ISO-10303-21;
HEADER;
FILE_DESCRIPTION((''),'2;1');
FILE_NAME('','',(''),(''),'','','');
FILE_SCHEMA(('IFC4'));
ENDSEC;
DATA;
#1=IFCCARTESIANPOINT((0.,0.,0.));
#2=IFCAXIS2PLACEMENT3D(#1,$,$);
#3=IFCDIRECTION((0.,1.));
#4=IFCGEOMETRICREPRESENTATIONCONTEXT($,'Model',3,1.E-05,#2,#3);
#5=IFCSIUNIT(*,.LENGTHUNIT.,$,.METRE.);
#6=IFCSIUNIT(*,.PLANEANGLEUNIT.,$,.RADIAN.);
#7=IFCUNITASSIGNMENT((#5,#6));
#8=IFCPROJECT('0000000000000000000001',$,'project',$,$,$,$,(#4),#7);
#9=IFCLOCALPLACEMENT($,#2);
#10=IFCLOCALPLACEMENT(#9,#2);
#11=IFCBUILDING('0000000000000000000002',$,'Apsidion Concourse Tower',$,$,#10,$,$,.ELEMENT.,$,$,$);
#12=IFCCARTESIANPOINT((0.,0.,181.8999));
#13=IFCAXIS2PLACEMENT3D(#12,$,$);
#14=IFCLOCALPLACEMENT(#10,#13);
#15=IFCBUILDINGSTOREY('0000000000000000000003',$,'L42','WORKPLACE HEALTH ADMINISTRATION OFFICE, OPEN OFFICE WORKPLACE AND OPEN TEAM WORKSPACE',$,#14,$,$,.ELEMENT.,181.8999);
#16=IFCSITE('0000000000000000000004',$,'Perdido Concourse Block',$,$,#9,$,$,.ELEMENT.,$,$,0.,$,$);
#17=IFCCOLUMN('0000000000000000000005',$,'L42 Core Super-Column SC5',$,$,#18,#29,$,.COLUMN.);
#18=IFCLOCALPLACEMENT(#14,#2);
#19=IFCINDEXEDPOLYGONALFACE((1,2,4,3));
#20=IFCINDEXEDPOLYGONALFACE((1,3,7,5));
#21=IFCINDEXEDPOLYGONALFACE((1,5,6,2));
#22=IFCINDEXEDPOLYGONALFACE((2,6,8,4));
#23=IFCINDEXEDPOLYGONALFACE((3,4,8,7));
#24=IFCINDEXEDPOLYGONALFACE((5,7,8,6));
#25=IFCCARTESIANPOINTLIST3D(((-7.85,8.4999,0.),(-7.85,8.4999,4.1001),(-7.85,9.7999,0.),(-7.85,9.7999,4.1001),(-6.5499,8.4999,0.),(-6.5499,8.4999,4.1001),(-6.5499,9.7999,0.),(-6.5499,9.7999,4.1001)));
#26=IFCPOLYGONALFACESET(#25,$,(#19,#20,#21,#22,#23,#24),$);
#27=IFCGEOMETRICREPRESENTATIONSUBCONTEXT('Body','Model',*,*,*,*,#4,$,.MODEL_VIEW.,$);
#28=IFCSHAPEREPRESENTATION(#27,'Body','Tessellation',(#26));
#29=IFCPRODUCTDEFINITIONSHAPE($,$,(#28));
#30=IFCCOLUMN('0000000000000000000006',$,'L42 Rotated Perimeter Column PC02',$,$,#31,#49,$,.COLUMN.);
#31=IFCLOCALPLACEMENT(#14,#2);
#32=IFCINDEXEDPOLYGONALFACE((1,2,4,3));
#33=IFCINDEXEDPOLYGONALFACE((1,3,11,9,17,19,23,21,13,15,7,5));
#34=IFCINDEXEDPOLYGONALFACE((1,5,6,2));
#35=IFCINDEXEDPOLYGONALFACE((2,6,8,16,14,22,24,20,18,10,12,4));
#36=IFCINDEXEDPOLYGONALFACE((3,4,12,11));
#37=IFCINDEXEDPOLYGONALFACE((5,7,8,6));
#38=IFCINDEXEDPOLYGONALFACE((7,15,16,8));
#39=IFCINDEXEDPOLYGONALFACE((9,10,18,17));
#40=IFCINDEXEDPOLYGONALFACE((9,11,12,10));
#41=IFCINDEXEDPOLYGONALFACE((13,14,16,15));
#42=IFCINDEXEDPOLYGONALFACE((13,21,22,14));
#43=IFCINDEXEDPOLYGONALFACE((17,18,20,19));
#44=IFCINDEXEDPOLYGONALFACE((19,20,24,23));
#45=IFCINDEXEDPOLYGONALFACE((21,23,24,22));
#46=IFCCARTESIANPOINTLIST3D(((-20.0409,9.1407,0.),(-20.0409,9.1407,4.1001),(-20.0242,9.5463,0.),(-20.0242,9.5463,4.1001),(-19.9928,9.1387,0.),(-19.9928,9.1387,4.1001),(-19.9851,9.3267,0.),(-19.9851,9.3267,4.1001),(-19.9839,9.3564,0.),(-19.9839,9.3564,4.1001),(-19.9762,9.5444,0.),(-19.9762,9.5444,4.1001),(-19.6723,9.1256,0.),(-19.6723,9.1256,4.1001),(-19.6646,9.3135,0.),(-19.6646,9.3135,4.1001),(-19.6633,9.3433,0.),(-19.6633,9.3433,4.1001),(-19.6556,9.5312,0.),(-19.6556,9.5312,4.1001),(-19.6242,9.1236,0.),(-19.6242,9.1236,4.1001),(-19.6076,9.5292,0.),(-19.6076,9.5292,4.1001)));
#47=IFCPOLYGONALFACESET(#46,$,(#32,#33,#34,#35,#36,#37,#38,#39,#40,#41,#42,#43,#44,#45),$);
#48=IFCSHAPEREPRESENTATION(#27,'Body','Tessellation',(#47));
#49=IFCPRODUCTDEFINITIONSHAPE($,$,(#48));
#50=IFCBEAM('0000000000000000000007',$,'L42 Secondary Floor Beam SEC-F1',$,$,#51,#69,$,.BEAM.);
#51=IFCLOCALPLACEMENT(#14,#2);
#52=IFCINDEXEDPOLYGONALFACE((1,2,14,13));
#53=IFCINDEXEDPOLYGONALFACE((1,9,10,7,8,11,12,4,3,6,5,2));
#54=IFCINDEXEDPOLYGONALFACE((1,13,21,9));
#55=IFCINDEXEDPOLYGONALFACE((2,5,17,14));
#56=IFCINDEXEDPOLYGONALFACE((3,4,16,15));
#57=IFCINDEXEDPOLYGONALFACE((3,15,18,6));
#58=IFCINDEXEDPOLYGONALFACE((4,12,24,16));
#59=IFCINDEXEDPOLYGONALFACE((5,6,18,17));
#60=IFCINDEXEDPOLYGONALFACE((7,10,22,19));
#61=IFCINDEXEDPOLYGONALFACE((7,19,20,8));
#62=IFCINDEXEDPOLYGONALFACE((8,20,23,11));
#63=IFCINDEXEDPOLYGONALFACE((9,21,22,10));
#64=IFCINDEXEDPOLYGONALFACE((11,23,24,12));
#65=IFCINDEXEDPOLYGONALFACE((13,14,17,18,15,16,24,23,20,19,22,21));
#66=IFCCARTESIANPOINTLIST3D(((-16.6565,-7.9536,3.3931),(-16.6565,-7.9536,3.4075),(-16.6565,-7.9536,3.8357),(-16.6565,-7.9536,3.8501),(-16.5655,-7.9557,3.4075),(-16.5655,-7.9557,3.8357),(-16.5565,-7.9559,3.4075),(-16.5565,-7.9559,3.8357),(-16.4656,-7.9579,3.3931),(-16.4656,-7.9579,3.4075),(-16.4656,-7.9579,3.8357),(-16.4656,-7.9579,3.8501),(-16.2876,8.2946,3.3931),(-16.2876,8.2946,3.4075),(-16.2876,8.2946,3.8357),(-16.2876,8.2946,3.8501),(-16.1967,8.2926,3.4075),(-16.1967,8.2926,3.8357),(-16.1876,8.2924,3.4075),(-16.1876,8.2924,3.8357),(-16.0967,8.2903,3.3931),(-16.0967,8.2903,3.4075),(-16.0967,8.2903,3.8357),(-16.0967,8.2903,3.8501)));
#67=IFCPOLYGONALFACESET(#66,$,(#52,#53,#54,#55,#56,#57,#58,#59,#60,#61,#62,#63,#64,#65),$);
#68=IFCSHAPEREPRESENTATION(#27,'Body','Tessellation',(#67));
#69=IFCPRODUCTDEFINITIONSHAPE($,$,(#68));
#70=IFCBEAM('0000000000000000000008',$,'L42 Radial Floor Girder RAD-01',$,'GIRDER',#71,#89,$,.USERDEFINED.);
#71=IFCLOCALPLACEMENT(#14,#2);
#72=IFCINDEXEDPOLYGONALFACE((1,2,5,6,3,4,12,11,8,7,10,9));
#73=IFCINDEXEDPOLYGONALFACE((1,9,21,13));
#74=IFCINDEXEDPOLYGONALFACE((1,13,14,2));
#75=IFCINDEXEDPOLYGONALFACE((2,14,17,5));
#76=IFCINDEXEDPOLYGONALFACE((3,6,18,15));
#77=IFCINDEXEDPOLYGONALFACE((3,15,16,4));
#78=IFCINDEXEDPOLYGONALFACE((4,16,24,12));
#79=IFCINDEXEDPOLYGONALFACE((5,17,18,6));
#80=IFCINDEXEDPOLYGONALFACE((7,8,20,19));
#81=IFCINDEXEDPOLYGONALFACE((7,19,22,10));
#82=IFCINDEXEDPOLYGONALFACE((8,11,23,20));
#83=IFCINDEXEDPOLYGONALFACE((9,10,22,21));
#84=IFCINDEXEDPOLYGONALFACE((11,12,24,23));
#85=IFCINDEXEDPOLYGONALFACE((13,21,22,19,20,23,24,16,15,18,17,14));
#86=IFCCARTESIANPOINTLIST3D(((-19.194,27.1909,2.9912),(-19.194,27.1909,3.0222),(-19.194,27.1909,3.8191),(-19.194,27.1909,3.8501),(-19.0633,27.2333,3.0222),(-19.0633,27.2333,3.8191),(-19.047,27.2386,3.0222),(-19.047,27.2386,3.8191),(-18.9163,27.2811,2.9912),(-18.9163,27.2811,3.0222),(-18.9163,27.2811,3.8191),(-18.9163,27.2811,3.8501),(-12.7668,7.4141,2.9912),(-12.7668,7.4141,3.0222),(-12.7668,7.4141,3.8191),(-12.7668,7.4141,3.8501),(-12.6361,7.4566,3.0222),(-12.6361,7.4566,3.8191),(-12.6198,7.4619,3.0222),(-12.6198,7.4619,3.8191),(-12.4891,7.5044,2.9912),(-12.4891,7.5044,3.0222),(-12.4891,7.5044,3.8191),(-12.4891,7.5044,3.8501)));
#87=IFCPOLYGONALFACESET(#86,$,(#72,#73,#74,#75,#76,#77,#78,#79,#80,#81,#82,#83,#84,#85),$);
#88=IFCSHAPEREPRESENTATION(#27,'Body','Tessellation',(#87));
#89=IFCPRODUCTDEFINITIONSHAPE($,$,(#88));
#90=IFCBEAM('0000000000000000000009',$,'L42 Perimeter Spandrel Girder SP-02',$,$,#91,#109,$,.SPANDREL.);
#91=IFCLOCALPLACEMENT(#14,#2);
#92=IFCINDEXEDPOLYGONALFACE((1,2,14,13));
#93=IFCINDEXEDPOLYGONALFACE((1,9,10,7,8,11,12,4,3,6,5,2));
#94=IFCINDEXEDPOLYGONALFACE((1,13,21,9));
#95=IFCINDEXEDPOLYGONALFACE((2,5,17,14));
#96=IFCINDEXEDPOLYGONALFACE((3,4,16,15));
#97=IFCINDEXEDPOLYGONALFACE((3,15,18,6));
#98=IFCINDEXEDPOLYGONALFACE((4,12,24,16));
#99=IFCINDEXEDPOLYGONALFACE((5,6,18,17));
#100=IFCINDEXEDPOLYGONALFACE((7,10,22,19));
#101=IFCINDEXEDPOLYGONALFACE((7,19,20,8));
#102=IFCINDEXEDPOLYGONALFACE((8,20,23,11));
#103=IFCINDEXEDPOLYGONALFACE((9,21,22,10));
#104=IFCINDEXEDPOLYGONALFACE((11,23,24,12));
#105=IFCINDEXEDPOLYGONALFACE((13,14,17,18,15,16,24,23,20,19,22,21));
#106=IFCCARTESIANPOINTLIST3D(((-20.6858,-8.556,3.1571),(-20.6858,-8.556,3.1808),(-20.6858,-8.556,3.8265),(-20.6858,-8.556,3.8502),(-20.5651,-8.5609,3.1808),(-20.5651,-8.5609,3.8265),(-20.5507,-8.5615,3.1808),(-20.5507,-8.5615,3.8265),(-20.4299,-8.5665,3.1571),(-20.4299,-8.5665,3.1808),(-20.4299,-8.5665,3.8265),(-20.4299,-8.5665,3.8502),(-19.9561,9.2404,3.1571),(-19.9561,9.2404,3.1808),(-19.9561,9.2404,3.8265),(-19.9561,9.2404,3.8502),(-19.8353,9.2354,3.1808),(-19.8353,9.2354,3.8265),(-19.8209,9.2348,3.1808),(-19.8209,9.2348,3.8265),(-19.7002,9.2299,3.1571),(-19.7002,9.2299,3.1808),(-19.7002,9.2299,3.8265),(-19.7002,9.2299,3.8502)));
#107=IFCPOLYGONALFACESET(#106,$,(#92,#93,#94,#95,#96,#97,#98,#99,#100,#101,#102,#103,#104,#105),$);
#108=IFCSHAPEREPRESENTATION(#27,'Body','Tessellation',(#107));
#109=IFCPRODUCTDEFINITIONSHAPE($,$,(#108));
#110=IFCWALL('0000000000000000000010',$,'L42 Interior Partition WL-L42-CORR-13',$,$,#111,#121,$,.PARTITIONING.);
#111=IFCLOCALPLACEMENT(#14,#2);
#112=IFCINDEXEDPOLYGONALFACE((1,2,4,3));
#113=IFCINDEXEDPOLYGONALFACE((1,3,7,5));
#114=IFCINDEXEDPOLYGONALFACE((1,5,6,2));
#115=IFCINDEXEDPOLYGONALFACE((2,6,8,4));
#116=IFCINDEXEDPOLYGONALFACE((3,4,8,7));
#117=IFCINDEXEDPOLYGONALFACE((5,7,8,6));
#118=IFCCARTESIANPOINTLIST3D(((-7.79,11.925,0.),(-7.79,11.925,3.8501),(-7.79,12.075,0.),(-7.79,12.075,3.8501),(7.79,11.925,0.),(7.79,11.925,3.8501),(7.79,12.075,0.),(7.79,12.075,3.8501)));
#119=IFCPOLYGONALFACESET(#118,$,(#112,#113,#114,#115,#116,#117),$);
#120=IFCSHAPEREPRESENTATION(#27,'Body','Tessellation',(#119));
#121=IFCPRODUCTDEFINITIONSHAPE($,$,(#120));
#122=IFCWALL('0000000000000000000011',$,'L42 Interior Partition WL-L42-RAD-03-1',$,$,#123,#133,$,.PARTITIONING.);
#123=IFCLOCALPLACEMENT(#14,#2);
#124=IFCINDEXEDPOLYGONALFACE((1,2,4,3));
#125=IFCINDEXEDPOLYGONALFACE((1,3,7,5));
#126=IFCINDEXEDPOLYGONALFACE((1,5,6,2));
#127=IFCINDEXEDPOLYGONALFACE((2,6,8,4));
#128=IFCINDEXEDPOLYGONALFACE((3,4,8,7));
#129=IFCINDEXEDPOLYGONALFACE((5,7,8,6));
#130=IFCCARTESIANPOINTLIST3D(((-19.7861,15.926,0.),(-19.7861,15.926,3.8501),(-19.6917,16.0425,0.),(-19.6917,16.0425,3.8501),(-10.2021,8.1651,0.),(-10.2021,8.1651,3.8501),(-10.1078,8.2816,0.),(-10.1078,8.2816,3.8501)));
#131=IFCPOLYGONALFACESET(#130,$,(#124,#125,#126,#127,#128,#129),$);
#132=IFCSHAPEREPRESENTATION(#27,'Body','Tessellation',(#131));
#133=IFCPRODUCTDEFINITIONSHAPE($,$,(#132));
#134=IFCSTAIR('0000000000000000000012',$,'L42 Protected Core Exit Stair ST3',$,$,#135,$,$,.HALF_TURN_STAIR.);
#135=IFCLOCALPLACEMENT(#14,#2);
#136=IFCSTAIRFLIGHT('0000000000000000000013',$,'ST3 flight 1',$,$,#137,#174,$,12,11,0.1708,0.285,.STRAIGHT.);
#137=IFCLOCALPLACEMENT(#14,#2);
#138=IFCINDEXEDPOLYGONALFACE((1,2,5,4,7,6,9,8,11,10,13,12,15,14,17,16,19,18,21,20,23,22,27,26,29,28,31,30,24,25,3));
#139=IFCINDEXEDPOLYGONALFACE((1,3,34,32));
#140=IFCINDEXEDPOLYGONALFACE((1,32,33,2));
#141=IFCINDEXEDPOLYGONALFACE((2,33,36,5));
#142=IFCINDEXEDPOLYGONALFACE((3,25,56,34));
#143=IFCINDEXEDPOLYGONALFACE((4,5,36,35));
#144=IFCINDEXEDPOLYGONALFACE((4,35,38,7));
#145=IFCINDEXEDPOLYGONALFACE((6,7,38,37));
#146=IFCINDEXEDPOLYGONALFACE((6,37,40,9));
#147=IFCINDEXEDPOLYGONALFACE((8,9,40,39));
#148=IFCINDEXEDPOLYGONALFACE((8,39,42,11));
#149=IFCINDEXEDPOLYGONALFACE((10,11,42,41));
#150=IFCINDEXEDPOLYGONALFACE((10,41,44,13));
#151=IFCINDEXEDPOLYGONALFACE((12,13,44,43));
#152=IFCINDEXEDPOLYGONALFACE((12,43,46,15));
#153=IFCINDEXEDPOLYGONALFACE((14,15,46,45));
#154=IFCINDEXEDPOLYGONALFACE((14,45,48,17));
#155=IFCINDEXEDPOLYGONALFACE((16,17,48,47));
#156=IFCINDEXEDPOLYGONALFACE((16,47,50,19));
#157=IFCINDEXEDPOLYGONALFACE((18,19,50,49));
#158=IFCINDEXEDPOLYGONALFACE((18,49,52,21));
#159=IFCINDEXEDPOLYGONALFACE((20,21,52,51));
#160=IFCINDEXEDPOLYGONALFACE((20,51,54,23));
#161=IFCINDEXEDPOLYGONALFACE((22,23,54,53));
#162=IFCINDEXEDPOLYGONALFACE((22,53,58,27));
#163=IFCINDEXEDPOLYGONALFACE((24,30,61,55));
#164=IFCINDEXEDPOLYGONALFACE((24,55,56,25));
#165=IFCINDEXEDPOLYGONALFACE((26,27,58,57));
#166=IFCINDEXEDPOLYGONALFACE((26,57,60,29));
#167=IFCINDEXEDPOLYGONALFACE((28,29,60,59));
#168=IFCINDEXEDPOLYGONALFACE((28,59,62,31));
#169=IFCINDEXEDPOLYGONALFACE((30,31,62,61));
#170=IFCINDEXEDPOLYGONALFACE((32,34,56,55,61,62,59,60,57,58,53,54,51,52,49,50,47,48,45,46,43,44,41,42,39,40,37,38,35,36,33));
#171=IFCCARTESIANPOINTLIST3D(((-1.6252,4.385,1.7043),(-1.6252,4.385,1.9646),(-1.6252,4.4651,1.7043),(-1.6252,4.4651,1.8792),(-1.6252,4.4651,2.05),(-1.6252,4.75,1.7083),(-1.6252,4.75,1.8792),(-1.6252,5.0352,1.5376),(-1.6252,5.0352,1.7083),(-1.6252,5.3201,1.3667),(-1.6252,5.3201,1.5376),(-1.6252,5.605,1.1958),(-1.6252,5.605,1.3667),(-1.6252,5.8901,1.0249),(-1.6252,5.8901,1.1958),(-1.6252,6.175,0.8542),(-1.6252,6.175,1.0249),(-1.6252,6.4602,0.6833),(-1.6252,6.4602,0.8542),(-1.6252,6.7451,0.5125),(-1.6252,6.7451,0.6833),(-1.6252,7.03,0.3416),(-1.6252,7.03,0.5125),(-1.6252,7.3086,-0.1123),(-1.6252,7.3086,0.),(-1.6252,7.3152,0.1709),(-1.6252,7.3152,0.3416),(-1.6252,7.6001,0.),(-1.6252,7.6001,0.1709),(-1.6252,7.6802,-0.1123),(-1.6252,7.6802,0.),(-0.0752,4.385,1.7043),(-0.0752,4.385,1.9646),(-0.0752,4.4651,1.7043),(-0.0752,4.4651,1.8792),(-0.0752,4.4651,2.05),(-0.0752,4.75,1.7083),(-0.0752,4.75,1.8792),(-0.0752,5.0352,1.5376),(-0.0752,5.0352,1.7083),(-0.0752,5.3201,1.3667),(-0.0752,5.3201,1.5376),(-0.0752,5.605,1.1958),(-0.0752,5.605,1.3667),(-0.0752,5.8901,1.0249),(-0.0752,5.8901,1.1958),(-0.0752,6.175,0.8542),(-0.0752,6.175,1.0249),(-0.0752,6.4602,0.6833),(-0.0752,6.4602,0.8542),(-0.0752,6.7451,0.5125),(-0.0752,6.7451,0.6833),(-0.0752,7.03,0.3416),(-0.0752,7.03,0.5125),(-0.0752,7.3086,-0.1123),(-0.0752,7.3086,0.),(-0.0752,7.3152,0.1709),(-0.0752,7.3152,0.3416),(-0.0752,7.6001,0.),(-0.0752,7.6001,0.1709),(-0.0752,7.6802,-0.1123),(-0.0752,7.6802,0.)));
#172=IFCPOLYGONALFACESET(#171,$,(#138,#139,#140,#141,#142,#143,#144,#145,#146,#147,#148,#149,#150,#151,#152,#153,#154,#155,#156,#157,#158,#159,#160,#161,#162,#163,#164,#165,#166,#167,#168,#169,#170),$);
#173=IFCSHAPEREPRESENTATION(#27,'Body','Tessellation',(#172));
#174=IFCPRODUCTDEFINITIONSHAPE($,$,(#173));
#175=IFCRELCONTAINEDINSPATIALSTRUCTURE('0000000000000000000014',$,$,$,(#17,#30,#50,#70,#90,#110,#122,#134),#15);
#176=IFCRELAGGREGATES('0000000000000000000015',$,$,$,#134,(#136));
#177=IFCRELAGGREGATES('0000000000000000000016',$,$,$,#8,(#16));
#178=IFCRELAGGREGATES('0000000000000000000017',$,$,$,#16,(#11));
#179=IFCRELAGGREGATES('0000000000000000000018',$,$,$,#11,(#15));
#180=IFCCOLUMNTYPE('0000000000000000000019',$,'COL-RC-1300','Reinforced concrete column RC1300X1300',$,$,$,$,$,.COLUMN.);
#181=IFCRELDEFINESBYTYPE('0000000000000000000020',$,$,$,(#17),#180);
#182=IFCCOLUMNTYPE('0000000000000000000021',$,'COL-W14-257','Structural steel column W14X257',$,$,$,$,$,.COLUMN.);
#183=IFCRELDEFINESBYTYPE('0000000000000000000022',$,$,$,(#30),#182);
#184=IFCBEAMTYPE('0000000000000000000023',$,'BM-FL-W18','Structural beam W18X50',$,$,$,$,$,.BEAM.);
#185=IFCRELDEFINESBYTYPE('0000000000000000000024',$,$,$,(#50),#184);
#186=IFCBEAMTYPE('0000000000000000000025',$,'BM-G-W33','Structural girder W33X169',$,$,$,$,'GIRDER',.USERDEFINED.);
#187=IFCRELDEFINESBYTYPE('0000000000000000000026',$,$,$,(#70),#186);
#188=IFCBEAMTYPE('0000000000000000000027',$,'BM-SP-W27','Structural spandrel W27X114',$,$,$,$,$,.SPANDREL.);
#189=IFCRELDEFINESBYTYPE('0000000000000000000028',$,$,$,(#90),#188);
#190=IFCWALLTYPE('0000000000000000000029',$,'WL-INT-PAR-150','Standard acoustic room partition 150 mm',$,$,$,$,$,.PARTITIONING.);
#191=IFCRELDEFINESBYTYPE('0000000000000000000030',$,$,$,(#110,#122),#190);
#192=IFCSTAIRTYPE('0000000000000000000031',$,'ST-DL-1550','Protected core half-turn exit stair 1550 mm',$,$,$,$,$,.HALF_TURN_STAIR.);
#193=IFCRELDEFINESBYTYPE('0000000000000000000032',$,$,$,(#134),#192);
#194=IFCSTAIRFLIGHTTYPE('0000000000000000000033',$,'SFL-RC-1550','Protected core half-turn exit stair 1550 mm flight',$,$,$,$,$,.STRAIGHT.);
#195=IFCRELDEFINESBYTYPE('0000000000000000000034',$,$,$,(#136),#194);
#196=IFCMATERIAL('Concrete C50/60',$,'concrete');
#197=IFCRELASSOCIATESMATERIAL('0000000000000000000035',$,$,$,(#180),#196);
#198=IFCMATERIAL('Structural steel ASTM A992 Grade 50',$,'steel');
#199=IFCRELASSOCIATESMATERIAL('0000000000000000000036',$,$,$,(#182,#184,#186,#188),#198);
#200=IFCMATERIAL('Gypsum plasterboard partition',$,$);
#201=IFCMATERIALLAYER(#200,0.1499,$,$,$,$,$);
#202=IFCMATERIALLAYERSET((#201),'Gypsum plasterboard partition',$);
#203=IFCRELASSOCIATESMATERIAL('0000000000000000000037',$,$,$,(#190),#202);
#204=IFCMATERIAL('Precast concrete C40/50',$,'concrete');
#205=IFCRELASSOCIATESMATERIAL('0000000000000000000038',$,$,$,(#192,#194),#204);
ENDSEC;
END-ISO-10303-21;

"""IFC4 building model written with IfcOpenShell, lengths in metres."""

from ifc_helpers import new_model, si_unit, direction, frame, frame_2d, origin, origin_2d, place, context, subcontext, project, spatial, polyline, rectangle, i_section, outline, extrude, material, layer, layer_set, material_profile, profile_set, type_object, element, aggregate, save


model = new_model("IFC4")

# Units and contexts
model_context = context("Model", 3, precision=1e-05, world=origin(), true_north=direction((0.0, 1.0)))
body_context = subcontext(model_context, "Body", "Model", "MODEL_VIEW")
ifc_project = project(units=[si_unit("LENGTHUNIT", "METRE"), si_unit("PLANEANGLEUNIT", "RADIAN")], contexts=[model_context])

# Site, building, storey
site_placement = place(None, origin())
site = spatial("IfcSite", under=ifc_project, at=site_placement, Name="Perdido Concourse Block", CompositionType="ELEMENT", RefElevation=0.0)
building_placement = place(site_placement, origin())
building = spatial("IfcBuilding", under=site, at=building_placement, Name="Apsidion Concourse Tower", CompositionType="ELEMENT")
storey_placement = place(building_placement, frame((0.0, 0.0, 181.8999)))
storey = spatial("IfcBuildingStorey", under=building, at=storey_placement, Name="L42", Description="WORKPLACE HEALTH ADMINISTRATION OFFICE, OPEN OFFICE WORKPLACE AND OPEN TEAM WORKSPACE", CompositionType="ELEMENT", Elevation=181.8999)

# Columns
ifc_material_1 = material(Name="Concrete C50/60", Category="concrete")
ifc_material_profile_1 = material_profile(ifc_material_1, rectangle(XDim=1.3, YDim=1.3, at=origin_2d()), Name="RC 1300x1300")
ifc_profile_set_1 = profile_set([ifc_material_profile_1], Name="Concrete C50/60")
column_type_1 = type_object("IfcColumnType", Name="COL-RC-1300", Description="Reinforced concrete column RC1300X1300", PredefinedType="COLUMN", material=ifc_profile_set_1)
column_1_placement = place(storey_placement, frame((-7.2, 9.1499, 0.0), z_axis=(0.0, 0.0, 1.0), x_axis=(1.0, 0.0, 0.0)))
element("IfcColumn", 1, at=column_1_placement, inside=storey, type_object=column_type_1, Name="L42 Core Super-Column SC5", PredefinedType="COLUMN", context=body_context, shape_type="SweptSolid", body=[
    extrude(rectangle(XDim=1.3, YDim=1.3, at=origin_2d()), origin(), (0.0, 0.0, 1.0), 4.1001),
])
ifc_material_2 = material(Name="Structural steel ASTM A992 Grade 50", Category="steel")
ifc_material_profile_2 = material_profile(ifc_material_2, i_section(OverallWidth=0.406, OverallDepth=0.417, WebThickness=0.0298, FlangeThickness=0.0481, at=origin_2d()), Name="W14X257")
ifc_profile_set_2 = profile_set([ifc_material_profile_2], Name="Structural steel ASTM A992 Grade 50")
column_type_2 = type_object("IfcColumnType", Name="COL-W14-257", Description="Structural steel column W14X257", PredefinedType="COLUMN", material=ifc_profile_set_2)
column_2_placement = place(storey_placement, frame((-19.8242, 9.335, 0.0), z_axis=(0.0, 0.0, 1.0), x_axis=(0.041004, 0.999159, 0.0)))
element("IfcColumn", 2, at=column_2_placement, inside=storey, type_object=column_type_2, Name="L42 Rotated Perimeter Column PC02", PredefinedType="COLUMN", context=body_context, shape_type="SweptSolid", body=[
    extrude(i_section(OverallWidth=0.406, OverallDepth=0.417, WebThickness=0.0298, FlangeThickness=0.0481, at=origin_2d()), origin(), (0.0, 0.0, 1.0), 4.1001),
])

# Beams
ifc_material_profile_3 = material_profile(ifc_material_2, i_section(OverallWidth=0.1909, OverallDepth=0.457, WebThickness=0.009, FlangeThickness=0.0144, at=origin_2d()), Name="W18X50")
ifc_profile_set_3 = profile_set([ifc_material_profile_3], Name="Structural steel ASTM A992 Grade 50")
beam_type_1 = type_object("IfcBeamType", Name="BM-FL-W18", Description="Structural beam W18X50", PredefinedType="BEAM", material=ifc_profile_set_3)
beam_1_placement = place(storey_placement, frame((-16.1921, 8.2925, 3.6216), z_axis=(-0.022698, -0.999742, 0.0), x_axis=(0.999742, -0.022698, 0.0)))
element("IfcBeam", 3, at=beam_1_placement, inside=storey, type_object=beam_type_1, Name="L42 Secondary Floor Beam SEC-F1", PredefinedType="BEAM", context=body_context, shape_type="SweptSolid", body=[
    extrude(i_section(OverallWidth=0.1909, OverallDepth=0.457, WebThickness=0.009, FlangeThickness=0.0144, at=origin_2d()), origin(), (0.0, 0.0, 1.0), 16.2524),
])
ifc_material_profile_4 = material_profile(ifc_material_2, i_section(OverallWidth=0.292, OverallDepth=0.8589, WebThickness=0.0171, FlangeThickness=0.031, at=origin_2d()), Name="W33X169")
ifc_profile_set_4 = profile_set([ifc_material_profile_4], Name="Structural steel ASTM A992 Grade 50")
beam_type_2 = type_object("IfcBeamType", Name="BM-G-W33", Description="Structural girder W33X169", ElementType="GIRDER", PredefinedType="USERDEFINED", material=ifc_profile_set_4)
beam_2_placement = place(storey_placement, frame((-12.6279, 7.4592, 3.4207), z_axis=(-0.309076, 0.951037, 0.0), x_axis=(-0.951037, -0.309076, 0.0)))
element("IfcBeam", 4, at=beam_2_placement, inside=storey, type_object=beam_type_2, Name="L42 Radial Floor Girder RAD-01", ObjectType="GIRDER", PredefinedType="USERDEFINED", context=body_context, shape_type="SweptSolid", body=[
    extrude(i_section(OverallWidth=0.292, OverallDepth=0.8589, WebThickness=0.0171, FlangeThickness=0.031, at=origin_2d()), origin(), (0.0, 0.0, 1.0), 20.7949),
])
ifc_material_profile_5 = material_profile(ifc_material_2, i_section(OverallWidth=0.2561, OverallDepth=0.6931, WebThickness=0.0144, FlangeThickness=0.0237, at=origin_2d()), Name="W27X114")
ifc_profile_set_5 = profile_set([ifc_material_profile_5], Name="Structural steel ASTM A992 Grade 50")
beam_type_3 = type_object("IfcBeamType", Name="BM-SP-W27", Description="Structural spandrel W27X114", PredefinedType="SPANDREL", material=ifc_profile_set_5)
beam_3_placement = place(storey_placement, frame((-19.8281, 9.2351, 3.5037), z_axis=(-0.04097, -0.99916, 0.0), x_axis=(0.99916, -0.04097, 0.0)))
element("IfcBeam", 5, at=beam_3_placement, inside=storey, type_object=beam_type_3, Name="L42 Perimeter Spandrel Girder SP-02", PredefinedType="SPANDREL", context=body_context, shape_type="SweptSolid", body=[
    extrude(i_section(OverallWidth=0.2561, OverallDepth=0.6931, WebThickness=0.0144, FlangeThickness=0.0237, at=origin_2d()), origin(), (0.0, 0.0, 1.0), 17.8113),
])

# Walls
ifc_material_3 = material(Name="Gypsum plasterboard partition")
ifc_layer_1 = layer(ifc_material_3, 0.1499)
ifc_layer_set_1 = layer_set([ifc_layer_1], Name="Gypsum plasterboard partition")
wall_type_1 = type_object("IfcWallType", Name="WL-INT-PAR-150", Description="Standard acoustic room partition 150 mm", PredefinedType="PARTITIONING", material=ifc_layer_set_1)
wall_1_placement = place(storey_placement, frame((-7.79, 12.0, 0.0), z_axis=(0.0, 0.0, 1.0), x_axis=(1.0, 0.0, 0.0)))
element("IfcWall", 6, at=wall_1_placement, inside=storey, type_object=wall_type_1, Name="L42 Interior Partition WL-L42-CORR-13", PredefinedType="PARTITIONING", context=body_context, shape_type="SweptSolid", body=[
    extrude(rectangle(XDim=15.5801, YDim=0.1499, at=frame_2d((7.79, 0.0))), origin(), (0.0, 0.0, 1.0), 3.8501),
])
wall_2_placement = place(storey_placement, frame((-10.155, 8.2234, 0.0), z_axis=(0.0, 0.0, 1.0), x_axis=(-0.777145, 0.629322, 0.0)))
element("IfcWall", 7, at=wall_2_placement, inside=storey, type_object=wall_type_1, Name="L42 Interior Partition WL-L42-RAD-03-1", PredefinedType="PARTITIONING", context=body_context, shape_type="SweptSolid", body=[
    extrude(rectangle(XDim=12.3323, YDim=0.1499, at=frame_2d((6.166, 0.0))), origin(), (0.0, 0.0, 1.0), 3.8501),
])

# Stair, stair flight
ifc_material_4 = material(Name="Precast concrete C40/50", Category="concrete")
stair_type = type_object("IfcStairType", Name="ST-DL-1550", Description="Protected core half-turn exit stair 1550 mm", PredefinedType="HALF_TURN_STAIR", material=ifc_material_4)
stair_placement = place(storey_placement, origin())
stair = element("IfcStair", 8, at=stair_placement, inside=storey, type_object=stair_type, Name="L42 Protected Core Exit Stair ST3", PredefinedType="HALF_TURN_STAIR")
stair_flight_type = type_object("IfcStairFlightType", Name="SFL-RC-1550", Description="Protected core half-turn exit stair 1550 mm flight", PredefinedType="STRAIGHT", material=ifc_material_4)
stair_flight_placement = place(storey_placement, frame((-0.8501, 7.6001, 0.0), z_axis=(0.0, 0.0, 1.0), x_axis=(0.0, -1.0, 0.0)))
stair_flight = element("IfcStairFlight", 9, at=stair_flight_placement, type_object=stair_flight_type, Name="ST3 flight 1", NumberOfRisers=12, NumberOfTreads=11, PredefinedType="STRAIGHT", RiserHeight=0.1708, TreadLength=0.285, context=body_context, shape_type="SweptSolid", body=[
    extrude(outline(polyline([(-0.0801, -0.1123), (-0.0801, 0.0), (0.0, 0.0), (0.0, 0.1709), (0.2849, 0.1709), (0.2849, 0.3416), (0.5701, 0.3416), (0.5701, 0.5125), (0.855, 0.5125), (0.855, 0.6833), (1.1399, 0.6833), (1.1399, 0.8542), (1.425, 0.8542), (1.425, 1.0249), (1.71, 1.0249), (1.71, 1.1958), (1.9951, 1.1958), (1.9951, 1.3667), (2.28, 1.3667), (2.28, 1.5376), (2.5649, 1.5376), (2.5649, 1.7083), (2.8501, 1.7083), (2.8501, 1.8792), (3.135, 1.8792), (3.135, 2.05), (3.2151, 1.9646), (3.2151, 1.7043), (3.135, 1.7043), (0.2915, 0.0), (0.2915, -0.1123), (-0.0801, -0.1123)])), frame((0.0, 0.7749, 0.0), z_axis=(0.0, -1.0, 0.0), x_axis=(1.0, 0.0, 0.0)), (0.0, 0.0, 1.0), 1.55),
])
aggregate(stair, [stair_flight])

save(model, "model.ifc")
